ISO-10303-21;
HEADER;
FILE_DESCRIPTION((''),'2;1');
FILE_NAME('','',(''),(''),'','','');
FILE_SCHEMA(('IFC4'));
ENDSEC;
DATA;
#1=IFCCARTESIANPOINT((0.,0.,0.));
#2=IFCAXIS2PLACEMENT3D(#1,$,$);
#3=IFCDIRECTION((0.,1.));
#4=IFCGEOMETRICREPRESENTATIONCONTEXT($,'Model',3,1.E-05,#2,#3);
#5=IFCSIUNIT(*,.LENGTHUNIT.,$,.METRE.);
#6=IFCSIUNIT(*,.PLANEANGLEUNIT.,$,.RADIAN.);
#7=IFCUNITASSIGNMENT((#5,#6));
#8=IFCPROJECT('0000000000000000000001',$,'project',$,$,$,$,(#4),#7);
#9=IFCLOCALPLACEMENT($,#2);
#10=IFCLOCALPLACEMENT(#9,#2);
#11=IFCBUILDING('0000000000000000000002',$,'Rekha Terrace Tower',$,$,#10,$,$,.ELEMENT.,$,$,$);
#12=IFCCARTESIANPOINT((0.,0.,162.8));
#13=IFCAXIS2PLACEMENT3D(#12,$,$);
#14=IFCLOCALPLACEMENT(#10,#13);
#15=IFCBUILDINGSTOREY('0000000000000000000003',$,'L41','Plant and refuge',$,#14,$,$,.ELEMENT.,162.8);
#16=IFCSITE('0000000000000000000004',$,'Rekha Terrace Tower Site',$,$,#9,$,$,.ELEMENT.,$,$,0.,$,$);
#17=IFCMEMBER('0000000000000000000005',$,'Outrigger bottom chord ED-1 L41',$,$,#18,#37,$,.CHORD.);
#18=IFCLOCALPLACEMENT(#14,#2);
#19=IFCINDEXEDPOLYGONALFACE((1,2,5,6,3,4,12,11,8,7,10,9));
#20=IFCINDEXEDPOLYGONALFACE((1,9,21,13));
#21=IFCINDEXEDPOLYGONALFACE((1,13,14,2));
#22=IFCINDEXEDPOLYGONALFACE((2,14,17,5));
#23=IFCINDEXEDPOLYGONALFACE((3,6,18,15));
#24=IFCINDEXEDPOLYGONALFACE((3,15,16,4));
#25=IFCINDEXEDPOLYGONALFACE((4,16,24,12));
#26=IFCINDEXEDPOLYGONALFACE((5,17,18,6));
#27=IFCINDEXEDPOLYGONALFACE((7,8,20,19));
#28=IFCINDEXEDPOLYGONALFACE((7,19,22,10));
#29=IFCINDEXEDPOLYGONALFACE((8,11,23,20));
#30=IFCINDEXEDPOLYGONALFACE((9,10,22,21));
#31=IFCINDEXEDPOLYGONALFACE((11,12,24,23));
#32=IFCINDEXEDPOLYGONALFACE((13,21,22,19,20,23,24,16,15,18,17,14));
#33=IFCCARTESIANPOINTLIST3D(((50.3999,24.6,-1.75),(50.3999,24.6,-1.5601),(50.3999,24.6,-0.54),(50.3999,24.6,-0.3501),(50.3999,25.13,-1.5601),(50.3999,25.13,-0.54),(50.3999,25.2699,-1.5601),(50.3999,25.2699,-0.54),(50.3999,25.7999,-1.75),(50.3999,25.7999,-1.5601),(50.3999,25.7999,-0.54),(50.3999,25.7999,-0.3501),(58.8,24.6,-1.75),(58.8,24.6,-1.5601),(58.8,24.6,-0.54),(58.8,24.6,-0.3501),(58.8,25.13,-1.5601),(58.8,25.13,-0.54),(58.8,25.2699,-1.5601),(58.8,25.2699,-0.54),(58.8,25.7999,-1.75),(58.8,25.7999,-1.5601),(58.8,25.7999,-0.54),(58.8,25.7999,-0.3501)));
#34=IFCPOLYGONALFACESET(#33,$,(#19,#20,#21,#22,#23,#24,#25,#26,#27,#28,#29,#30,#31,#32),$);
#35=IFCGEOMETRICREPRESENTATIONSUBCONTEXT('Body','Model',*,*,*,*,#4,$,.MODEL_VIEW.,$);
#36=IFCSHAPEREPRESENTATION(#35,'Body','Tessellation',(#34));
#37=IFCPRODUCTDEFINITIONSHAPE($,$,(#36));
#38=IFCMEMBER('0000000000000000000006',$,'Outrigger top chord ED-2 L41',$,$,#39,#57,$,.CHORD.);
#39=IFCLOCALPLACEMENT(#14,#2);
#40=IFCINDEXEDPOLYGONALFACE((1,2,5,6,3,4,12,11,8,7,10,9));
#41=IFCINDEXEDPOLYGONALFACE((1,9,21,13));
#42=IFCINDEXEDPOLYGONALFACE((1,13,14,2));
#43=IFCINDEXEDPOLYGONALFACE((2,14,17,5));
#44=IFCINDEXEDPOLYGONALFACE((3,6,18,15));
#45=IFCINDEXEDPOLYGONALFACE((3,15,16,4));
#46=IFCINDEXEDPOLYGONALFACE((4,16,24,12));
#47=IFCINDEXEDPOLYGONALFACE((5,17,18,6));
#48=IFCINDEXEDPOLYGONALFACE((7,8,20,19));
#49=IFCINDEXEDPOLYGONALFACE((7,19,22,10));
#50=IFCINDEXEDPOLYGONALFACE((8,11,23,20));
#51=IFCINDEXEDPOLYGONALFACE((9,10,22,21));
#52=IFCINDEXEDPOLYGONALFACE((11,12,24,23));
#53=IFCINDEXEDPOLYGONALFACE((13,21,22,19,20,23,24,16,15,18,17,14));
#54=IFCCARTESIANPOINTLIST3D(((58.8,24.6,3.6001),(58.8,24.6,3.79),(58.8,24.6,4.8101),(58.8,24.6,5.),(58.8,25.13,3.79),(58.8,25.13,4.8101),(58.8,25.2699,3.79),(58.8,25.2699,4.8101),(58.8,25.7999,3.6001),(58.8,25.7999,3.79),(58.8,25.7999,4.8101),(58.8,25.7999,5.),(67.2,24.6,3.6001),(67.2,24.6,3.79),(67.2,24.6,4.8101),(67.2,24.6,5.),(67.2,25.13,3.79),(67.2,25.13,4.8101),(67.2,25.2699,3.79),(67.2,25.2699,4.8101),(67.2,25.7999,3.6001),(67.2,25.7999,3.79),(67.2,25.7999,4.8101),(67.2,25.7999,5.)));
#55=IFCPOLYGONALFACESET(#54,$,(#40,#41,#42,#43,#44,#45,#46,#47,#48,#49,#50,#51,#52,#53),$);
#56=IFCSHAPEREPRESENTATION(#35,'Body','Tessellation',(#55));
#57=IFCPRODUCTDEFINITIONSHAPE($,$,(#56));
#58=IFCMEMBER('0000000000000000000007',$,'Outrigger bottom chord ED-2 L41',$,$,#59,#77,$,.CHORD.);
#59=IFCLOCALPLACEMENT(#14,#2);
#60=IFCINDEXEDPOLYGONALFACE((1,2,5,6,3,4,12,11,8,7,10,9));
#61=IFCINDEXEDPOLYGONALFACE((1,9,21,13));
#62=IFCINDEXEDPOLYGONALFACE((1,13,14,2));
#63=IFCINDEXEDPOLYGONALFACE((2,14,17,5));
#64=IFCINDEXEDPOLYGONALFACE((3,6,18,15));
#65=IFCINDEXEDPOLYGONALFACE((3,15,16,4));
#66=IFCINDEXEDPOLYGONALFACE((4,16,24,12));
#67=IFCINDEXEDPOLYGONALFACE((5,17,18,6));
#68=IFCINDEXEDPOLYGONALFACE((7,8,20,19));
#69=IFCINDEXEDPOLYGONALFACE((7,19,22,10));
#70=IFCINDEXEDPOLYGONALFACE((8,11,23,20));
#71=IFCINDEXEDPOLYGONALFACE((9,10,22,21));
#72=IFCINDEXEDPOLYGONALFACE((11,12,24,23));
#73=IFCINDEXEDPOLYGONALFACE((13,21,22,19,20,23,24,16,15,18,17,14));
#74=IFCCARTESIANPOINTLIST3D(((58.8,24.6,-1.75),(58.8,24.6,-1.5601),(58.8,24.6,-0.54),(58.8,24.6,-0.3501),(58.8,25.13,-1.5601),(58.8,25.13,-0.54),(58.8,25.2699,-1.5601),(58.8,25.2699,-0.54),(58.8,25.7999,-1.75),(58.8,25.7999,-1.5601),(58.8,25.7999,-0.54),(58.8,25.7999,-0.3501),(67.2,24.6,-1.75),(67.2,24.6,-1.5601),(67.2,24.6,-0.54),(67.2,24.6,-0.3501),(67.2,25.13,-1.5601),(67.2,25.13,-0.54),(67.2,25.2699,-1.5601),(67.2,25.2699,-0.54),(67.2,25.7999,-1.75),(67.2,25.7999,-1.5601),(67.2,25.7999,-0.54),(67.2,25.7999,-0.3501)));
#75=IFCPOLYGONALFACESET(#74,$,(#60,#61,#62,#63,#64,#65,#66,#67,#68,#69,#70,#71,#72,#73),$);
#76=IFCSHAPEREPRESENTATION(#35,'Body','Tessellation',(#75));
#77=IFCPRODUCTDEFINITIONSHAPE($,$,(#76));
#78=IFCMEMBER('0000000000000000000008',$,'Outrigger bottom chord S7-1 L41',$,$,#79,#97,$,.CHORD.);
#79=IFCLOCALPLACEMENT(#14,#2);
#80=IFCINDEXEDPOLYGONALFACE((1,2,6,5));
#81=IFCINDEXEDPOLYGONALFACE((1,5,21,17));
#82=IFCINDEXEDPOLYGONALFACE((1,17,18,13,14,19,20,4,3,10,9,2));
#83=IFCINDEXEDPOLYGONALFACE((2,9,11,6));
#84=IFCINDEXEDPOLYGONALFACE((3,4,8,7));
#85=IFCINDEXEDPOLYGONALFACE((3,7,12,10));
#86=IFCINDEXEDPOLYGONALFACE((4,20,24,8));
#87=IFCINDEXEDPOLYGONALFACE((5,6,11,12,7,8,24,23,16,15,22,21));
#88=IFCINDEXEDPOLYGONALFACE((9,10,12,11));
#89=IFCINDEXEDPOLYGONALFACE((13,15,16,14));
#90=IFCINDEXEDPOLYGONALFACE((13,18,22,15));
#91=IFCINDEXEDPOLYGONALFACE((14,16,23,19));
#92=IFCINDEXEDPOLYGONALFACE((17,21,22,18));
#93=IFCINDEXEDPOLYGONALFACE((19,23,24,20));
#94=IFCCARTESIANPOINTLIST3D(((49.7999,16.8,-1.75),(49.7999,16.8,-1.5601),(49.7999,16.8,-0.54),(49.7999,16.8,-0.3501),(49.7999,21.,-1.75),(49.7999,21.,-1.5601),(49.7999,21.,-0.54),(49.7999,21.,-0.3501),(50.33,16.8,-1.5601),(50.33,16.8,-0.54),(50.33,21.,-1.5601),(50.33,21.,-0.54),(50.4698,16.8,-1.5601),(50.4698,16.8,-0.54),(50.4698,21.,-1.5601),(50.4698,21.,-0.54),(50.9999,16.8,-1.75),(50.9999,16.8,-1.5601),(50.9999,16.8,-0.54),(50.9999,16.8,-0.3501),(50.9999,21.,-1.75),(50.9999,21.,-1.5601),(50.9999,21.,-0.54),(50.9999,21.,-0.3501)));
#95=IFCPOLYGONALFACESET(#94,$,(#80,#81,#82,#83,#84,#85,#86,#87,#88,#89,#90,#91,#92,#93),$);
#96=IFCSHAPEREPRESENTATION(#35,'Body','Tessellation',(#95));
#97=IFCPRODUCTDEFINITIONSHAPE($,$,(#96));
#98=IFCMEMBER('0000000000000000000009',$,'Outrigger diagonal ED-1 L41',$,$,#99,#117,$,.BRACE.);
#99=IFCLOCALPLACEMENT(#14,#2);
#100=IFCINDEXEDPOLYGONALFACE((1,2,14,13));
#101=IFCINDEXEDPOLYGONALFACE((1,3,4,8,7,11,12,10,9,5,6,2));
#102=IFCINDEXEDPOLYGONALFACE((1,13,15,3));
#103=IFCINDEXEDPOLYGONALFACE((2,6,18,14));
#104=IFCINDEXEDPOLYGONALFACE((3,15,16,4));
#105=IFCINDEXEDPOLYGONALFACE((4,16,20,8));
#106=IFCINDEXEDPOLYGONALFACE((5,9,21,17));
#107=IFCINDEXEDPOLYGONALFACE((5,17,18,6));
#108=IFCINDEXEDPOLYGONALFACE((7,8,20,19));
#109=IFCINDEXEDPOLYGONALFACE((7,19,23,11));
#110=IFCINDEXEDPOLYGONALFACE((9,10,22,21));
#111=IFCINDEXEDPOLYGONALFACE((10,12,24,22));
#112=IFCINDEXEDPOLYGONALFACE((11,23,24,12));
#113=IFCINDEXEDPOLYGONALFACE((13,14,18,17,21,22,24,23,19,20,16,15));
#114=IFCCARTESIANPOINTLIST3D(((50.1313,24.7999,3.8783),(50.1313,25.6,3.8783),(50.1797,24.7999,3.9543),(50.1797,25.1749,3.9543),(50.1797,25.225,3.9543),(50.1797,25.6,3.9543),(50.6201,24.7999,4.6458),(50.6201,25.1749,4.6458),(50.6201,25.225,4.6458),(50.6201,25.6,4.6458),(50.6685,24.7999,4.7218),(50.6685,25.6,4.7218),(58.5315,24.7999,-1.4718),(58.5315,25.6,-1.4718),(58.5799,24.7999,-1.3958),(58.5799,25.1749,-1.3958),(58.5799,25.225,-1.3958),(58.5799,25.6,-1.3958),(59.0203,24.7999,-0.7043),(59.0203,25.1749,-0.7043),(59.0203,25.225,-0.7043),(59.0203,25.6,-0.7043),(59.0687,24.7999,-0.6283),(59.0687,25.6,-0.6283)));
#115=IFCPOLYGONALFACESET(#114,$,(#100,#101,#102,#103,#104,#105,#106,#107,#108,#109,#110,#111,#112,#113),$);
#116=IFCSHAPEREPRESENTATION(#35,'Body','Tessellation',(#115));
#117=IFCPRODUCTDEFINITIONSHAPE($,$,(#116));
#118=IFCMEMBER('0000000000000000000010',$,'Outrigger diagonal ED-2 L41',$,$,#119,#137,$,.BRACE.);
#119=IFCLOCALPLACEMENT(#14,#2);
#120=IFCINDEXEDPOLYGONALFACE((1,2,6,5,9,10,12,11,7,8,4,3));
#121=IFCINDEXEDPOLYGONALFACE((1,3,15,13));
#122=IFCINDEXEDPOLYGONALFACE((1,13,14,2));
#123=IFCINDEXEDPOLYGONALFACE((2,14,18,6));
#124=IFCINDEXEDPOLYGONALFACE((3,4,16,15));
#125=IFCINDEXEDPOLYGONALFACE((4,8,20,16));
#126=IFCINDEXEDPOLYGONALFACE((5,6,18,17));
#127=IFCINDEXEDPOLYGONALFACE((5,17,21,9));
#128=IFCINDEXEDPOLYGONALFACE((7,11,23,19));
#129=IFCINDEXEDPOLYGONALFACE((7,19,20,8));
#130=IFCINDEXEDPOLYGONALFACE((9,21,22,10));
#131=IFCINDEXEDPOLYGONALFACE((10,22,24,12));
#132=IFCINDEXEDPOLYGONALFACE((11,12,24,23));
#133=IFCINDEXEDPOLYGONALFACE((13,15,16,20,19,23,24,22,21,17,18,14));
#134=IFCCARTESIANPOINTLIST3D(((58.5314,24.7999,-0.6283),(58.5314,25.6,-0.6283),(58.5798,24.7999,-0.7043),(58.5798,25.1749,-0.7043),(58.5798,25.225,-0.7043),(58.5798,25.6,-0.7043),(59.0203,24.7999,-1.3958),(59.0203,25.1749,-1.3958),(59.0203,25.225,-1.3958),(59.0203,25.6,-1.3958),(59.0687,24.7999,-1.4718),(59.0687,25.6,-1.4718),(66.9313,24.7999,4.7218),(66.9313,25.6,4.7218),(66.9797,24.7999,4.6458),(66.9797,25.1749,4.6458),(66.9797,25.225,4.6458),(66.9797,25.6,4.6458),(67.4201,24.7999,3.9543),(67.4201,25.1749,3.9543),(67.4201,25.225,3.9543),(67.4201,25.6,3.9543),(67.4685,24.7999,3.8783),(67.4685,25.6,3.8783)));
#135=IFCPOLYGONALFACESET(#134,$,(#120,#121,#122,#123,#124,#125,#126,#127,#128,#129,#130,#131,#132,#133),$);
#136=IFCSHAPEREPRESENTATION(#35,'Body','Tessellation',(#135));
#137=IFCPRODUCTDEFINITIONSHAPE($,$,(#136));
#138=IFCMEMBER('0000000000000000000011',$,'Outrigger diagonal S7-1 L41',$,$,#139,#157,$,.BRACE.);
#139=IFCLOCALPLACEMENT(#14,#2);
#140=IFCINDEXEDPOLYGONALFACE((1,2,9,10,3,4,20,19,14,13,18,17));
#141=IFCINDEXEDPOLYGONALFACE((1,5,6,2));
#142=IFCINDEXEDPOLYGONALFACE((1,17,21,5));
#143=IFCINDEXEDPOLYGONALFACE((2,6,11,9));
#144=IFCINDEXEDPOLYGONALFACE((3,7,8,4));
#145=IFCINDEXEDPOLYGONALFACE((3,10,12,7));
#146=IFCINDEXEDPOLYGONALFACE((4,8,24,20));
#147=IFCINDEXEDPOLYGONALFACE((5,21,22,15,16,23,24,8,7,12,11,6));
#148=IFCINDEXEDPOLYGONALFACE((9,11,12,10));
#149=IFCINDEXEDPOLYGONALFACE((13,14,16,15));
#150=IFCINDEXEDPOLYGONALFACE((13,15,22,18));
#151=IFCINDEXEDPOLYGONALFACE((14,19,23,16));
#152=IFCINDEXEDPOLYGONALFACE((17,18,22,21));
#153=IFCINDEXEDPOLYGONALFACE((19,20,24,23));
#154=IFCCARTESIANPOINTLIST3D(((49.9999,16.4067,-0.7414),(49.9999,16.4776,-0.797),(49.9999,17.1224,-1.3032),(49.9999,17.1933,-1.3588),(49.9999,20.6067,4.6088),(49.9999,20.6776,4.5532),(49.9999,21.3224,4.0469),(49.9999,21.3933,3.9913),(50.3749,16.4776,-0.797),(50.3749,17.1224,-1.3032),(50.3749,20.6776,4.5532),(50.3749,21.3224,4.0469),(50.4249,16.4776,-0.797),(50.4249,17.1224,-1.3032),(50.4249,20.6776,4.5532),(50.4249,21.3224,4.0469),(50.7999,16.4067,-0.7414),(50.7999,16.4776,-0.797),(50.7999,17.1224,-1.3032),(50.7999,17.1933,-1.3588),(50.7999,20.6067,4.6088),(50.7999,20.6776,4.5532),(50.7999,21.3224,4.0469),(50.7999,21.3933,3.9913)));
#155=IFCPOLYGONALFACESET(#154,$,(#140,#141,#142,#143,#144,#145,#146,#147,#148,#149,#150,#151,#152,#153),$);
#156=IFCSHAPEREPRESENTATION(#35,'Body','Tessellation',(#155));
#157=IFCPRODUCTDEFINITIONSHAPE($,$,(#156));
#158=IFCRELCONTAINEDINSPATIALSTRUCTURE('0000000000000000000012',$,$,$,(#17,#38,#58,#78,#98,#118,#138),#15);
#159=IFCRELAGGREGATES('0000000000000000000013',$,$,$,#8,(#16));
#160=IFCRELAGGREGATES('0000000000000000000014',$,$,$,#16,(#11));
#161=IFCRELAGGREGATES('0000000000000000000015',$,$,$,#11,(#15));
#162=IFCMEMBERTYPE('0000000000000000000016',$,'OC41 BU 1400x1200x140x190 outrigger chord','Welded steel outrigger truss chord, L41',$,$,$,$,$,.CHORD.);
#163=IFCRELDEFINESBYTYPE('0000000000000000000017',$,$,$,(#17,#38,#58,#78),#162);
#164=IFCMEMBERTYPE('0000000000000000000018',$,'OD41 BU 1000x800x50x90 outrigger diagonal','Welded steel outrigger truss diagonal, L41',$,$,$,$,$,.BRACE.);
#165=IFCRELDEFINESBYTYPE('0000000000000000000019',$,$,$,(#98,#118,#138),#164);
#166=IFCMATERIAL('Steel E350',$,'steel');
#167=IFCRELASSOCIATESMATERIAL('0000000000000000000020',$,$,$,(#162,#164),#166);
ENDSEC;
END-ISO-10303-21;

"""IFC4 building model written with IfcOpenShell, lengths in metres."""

from ifc_helpers import new_model, si_unit, direction, frame, origin, origin_2d, place, context, subcontext, project, spatial, i_section, extrude, material, material_profile, profile_set, type_object, element, save


model = new_model("IFC4")

# Units and contexts
model_context = context("Model", 3, precision=1e-05, world=origin(), true_north=direction((0.0, 1.0)))
body_context = subcontext(model_context, "Body", "Model", "MODEL_VIEW")
ifc_project = project(units=[si_unit("LENGTHUNIT", "METRE"), si_unit("PLANEANGLEUNIT", "RADIAN")], contexts=[model_context])

# Site, building, storey
site_placement = place(None, origin())
site = spatial("IfcSite", under=ifc_project, at=site_placement, Name="Rekha Terrace Tower Site", CompositionType="ELEMENT", RefElevation=0.0)
building_placement = place(site_placement, origin())
building = spatial("IfcBuilding", under=site, at=building_placement, Name="Rekha Terrace Tower", CompositionType="ELEMENT")
storey_placement = place(building_placement, frame((0.0, 0.0, 162.8)))
storey = spatial("IfcBuildingStorey", under=building, at=storey_placement, Name="L41", Description="Plant and refuge", CompositionType="ELEMENT", Elevation=162.8)

# Members
ifc_material_1 = material(Name="Steel E350", Category="steel")
ifc_material_profile_1 = material_profile(ifc_material_1, i_section(OverallWidth=1.2, OverallDepth=1.3999, WebThickness=0.1399, FlangeThickness=0.1899, at=origin_2d()), Name="BU 1400x1200x140x190")
ifc_profile_set_1 = profile_set([ifc_material_profile_1], Name="Steel E350")
member_type_1 = type_object("IfcMemberType", Name="OC41 BU 1400x1200x140x190 outrigger chord", Description="Welded steel outrigger truss chord, L41", PredefinedType="CHORD", material=ifc_profile_set_1)
for number, where, z_axis, x_axis, name in (
    (1, (50.3999, 25.2, -1.05), (1.0, 0.0, 0.0), (0.0, 1.0, 0.0), "Outrigger bottom chord ED-1 L41"),
):
    element("IfcMember", number, at=place(storey_placement, frame(where, z_axis=z_axis, x_axis=x_axis)), inside=storey, type_object=member_type_1, Name=name, PredefinedType="CHORD", context=body_context, shape_type="SweptSolid", body=[
        extrude(i_section(OverallWidth=1.2, OverallDepth=1.3999, WebThickness=0.1399, FlangeThickness=0.1899, at=origin_2d()), origin(), (0.0, 0.0, 1.0), 8.4001),
    ])
for number, where, z_axis, x_axis, name in (
    (2, (58.8, 25.2, 4.3), (1.0, 0.0, 0.0), (0.0, 1.0, 0.0), "Outrigger top chord ED-2 L41"),
    (3, (58.8, 25.2, -1.05), (1.0, 0.0, 0.0), (0.0, 1.0, 0.0), "Outrigger bottom chord ED-2 L41"),
):
    element("IfcMember", number, at=place(storey_placement, frame(where, z_axis=z_axis, x_axis=x_axis)), inside=storey, type_object=member_type_1, Name=name, PredefinedType="CHORD", context=body_context, shape_type="SweptSolid", body=[
        extrude(i_section(OverallWidth=1.2, OverallDepth=1.3999, WebThickness=0.1399, FlangeThickness=0.1899, at=origin_2d()), origin(), (0.0, 0.0, 1.0), 8.3999),
    ])
member_1_placement = place(storey_placement, frame((50.3999, 21.0, -1.05), z_axis=(0.0, -1.0, 0.0), x_axis=(1.0, 0.0, 0.0)))
element("IfcMember", 4, at=member_1_placement, inside=storey, type_object=member_type_1, Name="Outrigger bottom chord S7-1 L41", PredefinedType="CHORD", context=body_context, shape_type="SweptSolid", body=[
    extrude(i_section(OverallWidth=1.2, OverallDepth=1.3999, WebThickness=0.1399, FlangeThickness=0.1899, at=origin_2d()), origin(), (0.0, 0.0, 1.0), 4.2),
])
ifc_material_profile_2 = material_profile(ifc_material_1, i_section(OverallWidth=0.8, OverallDepth=1.0, WebThickness=0.05, FlangeThickness=0.0901, at=origin_2d()), Name="BU 1000x800x50x90")
ifc_profile_set_2 = profile_set([ifc_material_profile_2], Name="Steel E350")
member_type_2 = type_object("IfcMemberType", Name="OD41 BU 1000x800x50x90 outrigger diagonal", Description="Welded steel outrigger truss diagonal, L41", PredefinedType="BRACE", material=ifc_profile_set_2)
member_2_placement = place(storey_placement, frame((50.3999, 25.2, 4.3), z_axis=(0.843454, 0.0, -0.537201), x_axis=(0.0, 1.0, 0.0)))
element("IfcMember", 5, at=member_2_placement, inside=storey, type_object=member_type_2, Name="Outrigger diagonal ED-1 L41", PredefinedType="BRACE", context=body_context, shape_type="SweptSolid", body=[
    extrude(i_section(OverallWidth=0.8, OverallDepth=1.0, WebThickness=0.05, FlangeThickness=0.0901, at=origin_2d()), origin(), (0.0, 0.0, 1.0), 9.9592),
])
member_3_placement = place(storey_placement, frame((58.8, 25.2, -1.05), z_axis=(0.843447, 0.0, 0.537212), x_axis=(0.0, 1.0, 0.0)))
element("IfcMember", 6, at=member_3_placement, inside=storey, type_object=member_type_2, Name="Outrigger diagonal ED-2 L41", PredefinedType="BRACE", context=body_context, shape_type="SweptSolid", body=[
    extrude(i_section(OverallWidth=0.8, OverallDepth=1.0, WebThickness=0.05, FlangeThickness=0.0901, at=origin_2d()), origin(), (0.0, 0.0, 1.0), 9.959),
])
member_4_placement = place(storey_placement, frame((50.3999, 21.0, 4.3), z_axis=(0.0, -0.617485, -0.786582), x_axis=(1.0, 0.0, 0.0)))
element("IfcMember", 7, at=member_4_placement, inside=storey, type_object=member_type_2, Name="Outrigger diagonal S7-1 L41", PredefinedType="BRACE", context=body_context, shape_type="SweptSolid", body=[
    extrude(i_section(OverallWidth=0.8, OverallDepth=1.0, WebThickness=0.05, FlangeThickness=0.0901, at=origin_2d()), origin(), (0.0, 0.0, 1.0), 6.8018),
])

save(model, "model.ifc")
